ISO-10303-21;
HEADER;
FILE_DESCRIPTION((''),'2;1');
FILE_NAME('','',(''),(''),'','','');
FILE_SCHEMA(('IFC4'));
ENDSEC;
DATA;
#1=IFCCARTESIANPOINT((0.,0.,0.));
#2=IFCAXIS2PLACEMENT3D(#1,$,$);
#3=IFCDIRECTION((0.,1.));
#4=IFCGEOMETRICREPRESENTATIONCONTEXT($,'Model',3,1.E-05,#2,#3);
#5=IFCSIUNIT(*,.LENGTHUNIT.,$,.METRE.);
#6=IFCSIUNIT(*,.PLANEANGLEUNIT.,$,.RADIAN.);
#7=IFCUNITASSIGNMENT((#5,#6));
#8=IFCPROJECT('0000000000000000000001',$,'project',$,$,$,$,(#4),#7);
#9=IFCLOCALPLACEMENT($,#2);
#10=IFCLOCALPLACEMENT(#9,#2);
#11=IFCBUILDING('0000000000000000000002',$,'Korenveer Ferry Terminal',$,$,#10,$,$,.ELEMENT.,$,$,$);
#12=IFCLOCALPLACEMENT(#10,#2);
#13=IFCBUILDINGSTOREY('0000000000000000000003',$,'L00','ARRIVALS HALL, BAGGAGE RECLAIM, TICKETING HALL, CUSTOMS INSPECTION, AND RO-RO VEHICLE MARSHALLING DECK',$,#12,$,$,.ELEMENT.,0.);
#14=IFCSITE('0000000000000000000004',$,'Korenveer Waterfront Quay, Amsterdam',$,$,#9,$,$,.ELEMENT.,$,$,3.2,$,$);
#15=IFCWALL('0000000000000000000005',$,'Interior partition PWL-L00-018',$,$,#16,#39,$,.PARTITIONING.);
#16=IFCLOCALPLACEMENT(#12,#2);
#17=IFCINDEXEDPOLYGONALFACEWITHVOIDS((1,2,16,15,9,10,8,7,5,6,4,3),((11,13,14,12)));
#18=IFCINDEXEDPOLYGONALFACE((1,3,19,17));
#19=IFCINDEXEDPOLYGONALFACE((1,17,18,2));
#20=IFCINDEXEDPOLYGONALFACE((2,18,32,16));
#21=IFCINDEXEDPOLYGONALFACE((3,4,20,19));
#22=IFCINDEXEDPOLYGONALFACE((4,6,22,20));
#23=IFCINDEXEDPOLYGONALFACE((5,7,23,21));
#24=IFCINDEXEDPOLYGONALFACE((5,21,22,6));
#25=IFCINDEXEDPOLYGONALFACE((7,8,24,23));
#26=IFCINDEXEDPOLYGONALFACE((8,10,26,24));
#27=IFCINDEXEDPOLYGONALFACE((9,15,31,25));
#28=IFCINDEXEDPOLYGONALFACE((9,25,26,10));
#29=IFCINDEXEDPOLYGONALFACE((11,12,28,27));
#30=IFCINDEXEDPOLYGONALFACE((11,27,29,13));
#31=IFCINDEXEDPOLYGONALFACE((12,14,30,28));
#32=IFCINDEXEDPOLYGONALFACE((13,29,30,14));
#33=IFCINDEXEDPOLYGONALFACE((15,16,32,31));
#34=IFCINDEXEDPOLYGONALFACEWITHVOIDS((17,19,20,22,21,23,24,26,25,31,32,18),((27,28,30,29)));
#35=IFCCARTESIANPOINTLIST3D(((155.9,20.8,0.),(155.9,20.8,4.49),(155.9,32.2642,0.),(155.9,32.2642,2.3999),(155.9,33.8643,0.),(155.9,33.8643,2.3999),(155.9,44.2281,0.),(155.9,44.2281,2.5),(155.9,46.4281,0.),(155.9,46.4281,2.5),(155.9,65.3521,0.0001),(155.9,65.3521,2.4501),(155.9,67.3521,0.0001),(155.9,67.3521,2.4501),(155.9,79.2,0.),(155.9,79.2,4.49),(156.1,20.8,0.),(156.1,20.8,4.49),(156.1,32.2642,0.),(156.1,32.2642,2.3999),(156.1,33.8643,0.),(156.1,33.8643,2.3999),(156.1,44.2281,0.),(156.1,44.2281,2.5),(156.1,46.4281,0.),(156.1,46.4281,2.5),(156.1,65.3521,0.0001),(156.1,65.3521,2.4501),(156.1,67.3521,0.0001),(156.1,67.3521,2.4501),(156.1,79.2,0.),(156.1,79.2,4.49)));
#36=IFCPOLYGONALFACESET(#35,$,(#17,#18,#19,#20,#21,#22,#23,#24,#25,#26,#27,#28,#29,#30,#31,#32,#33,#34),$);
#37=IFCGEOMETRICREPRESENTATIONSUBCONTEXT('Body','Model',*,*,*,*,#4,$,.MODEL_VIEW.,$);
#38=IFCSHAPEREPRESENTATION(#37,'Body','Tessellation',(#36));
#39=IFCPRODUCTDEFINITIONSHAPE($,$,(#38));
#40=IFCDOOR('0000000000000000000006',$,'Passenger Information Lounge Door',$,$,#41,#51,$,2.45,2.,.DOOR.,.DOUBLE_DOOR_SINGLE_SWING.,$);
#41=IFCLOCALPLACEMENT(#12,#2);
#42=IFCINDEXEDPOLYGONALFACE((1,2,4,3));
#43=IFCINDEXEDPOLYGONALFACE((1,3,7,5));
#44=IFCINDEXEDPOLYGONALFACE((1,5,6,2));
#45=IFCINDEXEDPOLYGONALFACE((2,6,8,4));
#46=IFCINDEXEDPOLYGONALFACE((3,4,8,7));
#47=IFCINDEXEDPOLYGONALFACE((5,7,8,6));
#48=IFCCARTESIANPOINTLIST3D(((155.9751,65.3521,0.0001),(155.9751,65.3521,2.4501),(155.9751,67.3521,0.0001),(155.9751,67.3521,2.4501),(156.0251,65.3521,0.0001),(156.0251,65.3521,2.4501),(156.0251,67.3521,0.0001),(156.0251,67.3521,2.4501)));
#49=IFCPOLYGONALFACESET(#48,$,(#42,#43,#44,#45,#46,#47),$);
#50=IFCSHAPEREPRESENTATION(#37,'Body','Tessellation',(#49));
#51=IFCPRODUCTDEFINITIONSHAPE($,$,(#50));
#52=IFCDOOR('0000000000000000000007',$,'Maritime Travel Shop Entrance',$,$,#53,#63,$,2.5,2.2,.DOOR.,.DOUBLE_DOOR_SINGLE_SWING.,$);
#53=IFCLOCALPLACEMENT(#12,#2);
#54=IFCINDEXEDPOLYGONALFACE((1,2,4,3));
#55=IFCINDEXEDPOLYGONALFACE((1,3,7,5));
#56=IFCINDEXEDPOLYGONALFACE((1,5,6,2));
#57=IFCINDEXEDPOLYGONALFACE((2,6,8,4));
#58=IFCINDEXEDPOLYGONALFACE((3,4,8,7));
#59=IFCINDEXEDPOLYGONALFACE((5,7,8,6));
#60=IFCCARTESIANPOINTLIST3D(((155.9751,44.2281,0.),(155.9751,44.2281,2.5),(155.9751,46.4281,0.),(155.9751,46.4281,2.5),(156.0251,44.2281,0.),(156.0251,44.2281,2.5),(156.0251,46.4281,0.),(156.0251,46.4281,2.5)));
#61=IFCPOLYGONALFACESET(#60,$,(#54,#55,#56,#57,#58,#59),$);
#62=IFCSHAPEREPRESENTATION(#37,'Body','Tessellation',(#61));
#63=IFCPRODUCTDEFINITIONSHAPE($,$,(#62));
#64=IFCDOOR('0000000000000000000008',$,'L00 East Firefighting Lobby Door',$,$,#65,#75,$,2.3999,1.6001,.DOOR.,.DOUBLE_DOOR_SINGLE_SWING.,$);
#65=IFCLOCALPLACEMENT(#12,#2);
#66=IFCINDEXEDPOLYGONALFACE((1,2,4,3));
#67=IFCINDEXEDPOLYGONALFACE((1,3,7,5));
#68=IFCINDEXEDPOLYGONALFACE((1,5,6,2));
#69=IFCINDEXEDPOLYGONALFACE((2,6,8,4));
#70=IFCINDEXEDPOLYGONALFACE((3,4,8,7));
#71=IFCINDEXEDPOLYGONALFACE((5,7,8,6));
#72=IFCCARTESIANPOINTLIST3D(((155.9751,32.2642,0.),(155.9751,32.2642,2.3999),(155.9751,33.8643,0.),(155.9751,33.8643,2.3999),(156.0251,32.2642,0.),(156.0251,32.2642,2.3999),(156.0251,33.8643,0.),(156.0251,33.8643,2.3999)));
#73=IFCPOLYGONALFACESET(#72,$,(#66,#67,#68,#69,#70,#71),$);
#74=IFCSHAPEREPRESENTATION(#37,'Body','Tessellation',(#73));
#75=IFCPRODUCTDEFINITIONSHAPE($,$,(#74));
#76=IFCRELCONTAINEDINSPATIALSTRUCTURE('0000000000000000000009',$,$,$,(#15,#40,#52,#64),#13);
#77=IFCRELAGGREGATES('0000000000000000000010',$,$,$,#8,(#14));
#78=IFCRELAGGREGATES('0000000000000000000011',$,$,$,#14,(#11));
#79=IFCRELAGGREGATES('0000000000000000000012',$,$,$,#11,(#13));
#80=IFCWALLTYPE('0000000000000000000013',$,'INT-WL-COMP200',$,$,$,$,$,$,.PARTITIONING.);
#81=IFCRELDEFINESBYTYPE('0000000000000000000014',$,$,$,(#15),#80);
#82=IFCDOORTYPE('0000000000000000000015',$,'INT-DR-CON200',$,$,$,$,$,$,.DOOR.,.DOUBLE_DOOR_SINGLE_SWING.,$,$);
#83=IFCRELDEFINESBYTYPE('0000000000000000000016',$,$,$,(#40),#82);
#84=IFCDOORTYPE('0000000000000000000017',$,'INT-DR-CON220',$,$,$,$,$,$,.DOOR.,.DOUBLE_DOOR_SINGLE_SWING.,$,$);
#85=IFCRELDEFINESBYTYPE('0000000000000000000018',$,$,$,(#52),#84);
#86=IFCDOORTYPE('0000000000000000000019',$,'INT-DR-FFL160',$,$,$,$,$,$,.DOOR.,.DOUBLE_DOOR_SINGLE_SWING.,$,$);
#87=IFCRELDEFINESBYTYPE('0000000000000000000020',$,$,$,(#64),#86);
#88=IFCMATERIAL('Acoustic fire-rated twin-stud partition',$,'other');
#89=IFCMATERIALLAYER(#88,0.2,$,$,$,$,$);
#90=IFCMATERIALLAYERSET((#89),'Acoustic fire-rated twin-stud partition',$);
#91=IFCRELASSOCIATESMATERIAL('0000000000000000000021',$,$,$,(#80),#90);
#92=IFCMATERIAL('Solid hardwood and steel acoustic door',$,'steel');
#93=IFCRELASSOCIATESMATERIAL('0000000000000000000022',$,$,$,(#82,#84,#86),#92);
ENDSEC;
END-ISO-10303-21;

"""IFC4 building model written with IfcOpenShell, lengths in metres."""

from ifc_helpers import new_model, si_unit, direction, frame, frame_2d, origin, place, context, subcontext, project, spatial, rectangle, extrude, material, layer, layer_set, type_object, element, fill, save


model = new_model("IFC4")

# Units and contexts
model_context = context("Model", 3, precision=1e-05, world=origin(), true_north=direction((0.0, 1.0)))
body_context = subcontext(model_context, "Body", "Model", "MODEL_VIEW")
ifc_project = project(units=[si_unit("LENGTHUNIT", "METRE"), si_unit("PLANEANGLEUNIT", "RADIAN")], contexts=[model_context])

# Site, building, storey
site_placement = place(None, origin())
site = spatial("IfcSite", under=ifc_project, at=site_placement, Name="Korenveer Waterfront Quay, Amsterdam", CompositionType="ELEMENT", RefElevation=3.2)
building_placement = place(site_placement, origin())
building = spatial("IfcBuilding", under=site, at=building_placement, Name="Korenveer Ferry Terminal", CompositionType="ELEMENT")
storey_placement = place(building_placement, origin())
storey = spatial("IfcBuildingStorey", under=building, at=storey_placement, Name="L00", Description="ARRIVALS HALL, BAGGAGE RECLAIM, TICKETING HALL, CUSTOMS INSPECTION, AND RO-RO VEHICLE MARSHALLING DECK", CompositionType="ELEMENT", Elevation=0.0)

# Wall, openings, doors
ifc_material_1 = material(Name="Acoustic fire-rated twin-stud partition", Category="other")
ifc_layer = layer(ifc_material_1, 0.2)
ifc_layer_set = layer_set([ifc_layer], Name="Acoustic fire-rated twin-stud partition")
wall_type = type_object("IfcWallType", Name="INT-WL-COMP200", PredefinedType="PARTITIONING", material=ifc_layer_set)
wall_placement = place(storey_placement, frame((156.0, 20.8, 0.0), z_axis=(0.0, 0.0, 1.0), x_axis=(0.0, 1.0, 0.0)))
wall = element("IfcWall", 1, at=wall_placement, inside=storey, type_object=wall_type, Name="Interior partition PWL-L00-018", PredefinedType="PARTITIONING", context=body_context, shape_type="SweptSolid", body=[
    extrude(rectangle(XDim=58.3999, YDim=0.2, at=frame_2d((29.2, 0.0))), origin(), (0.0, 0.0, 1.0), 4.49),
])
opening_1_placement = place(wall_placement, frame((11.4641, 0.0, 0.0)))
opening_1 = element("IfcOpeningElement", 2, at=opening_1_placement, cuts=wall, PredefinedType="OPENING", context=body_context, shape_type="SweptSolid", body=[
    extrude(rectangle(XDim=1.6001, YDim=2.3999, at=frame_2d((0.8, 1.2))), frame((0.0, 0.1099, 0.0), z_axis=(0.0, -1.0, 0.0), x_axis=(1.0, 0.0, 0.0)), (0.0, 0.0, 1.0), 0.22),
])
opening_2_placement = place(wall_placement, frame((23.428, 0.0, 0.0)))
opening_2 = element("IfcOpeningElement", 3, at=opening_2_placement, cuts=wall, PredefinedType="OPENING", context=body_context, shape_type="SweptSolid", body=[
    extrude(rectangle(XDim=2.2, YDim=2.5, at=frame_2d((1.1001, 1.25))), frame((0.0, 0.1099, 0.0), z_axis=(0.0, -1.0, 0.0), x_axis=(1.0, 0.0, 0.0)), (0.0, 0.0, 1.0), 0.22),
])
opening_3_placement = place(wall_placement, frame((44.552, 0.0, 0.0)))
opening_3 = element("IfcOpeningElement", 4, at=opening_3_placement, cuts=wall, PredefinedType="OPENING", context=body_context, shape_type="SweptSolid", body=[
    extrude(rectangle(XDim=2.0, YDim=2.45, at=frame_2d((1.0, 1.2251))), frame((0.0, 0.1099, 0.0), z_axis=(0.0, -1.0, 0.0), x_axis=(1.0, 0.0, 0.0)), (0.0, 0.0, 1.0), 0.22),
])
ifc_material_2 = material(Name="Solid hardwood and steel acoustic door", Category="steel")
door_type_1 = type_object("IfcDoorType", Name="INT-DR-CON200", OperationType="DOUBLE_DOOR_SINGLE_SWING", PredefinedType="DOOR", material=ifc_material_2)
door_1_placement = place(opening_3_placement, origin())
door_1 = element("IfcDoor", 5, at=door_1_placement, inside=storey, type_object=door_type_1, Name="Passenger Information Lounge Door", OperationType="DOUBLE_DOOR_SINGLE_SWING", OverallHeight=2.45, OverallWidth=2.0, PredefinedType="DOOR", context=body_context, shape_type="SweptSolid", body=[
    extrude(rectangle(XDim=2.0, YDim=2.45, at=frame_2d((1.0, 1.2251))), frame((0.0, 0.0249, 0.0), z_axis=(0.0, -1.0, 0.0), x_axis=(1.0, 0.0, 0.0)), (0.0, 0.0, 1.0), 0.05),
])
fill(opening_3, door_1)
door_type_2 = type_object("IfcDoorType", Name="INT-DR-CON220", OperationType="DOUBLE_DOOR_SINGLE_SWING", PredefinedType="DOOR", material=ifc_material_2)
door_2_placement = place(opening_2_placement, origin())
door_2 = element("IfcDoor", 6, at=door_2_placement, inside=storey, type_object=door_type_2, Name="Maritime Travel Shop Entrance", OperationType="DOUBLE_DOOR_SINGLE_SWING", OverallHeight=2.5, OverallWidth=2.2, PredefinedType="DOOR", context=body_context, shape_type="SweptSolid", body=[
    extrude(rectangle(XDim=2.2, YDim=2.5, at=frame_2d((1.1001, 1.25))), frame((0.0, 0.0249, 0.0), z_axis=(0.0, -1.0, 0.0), x_axis=(1.0, 0.0, 0.0)), (0.0, 0.0, 1.0), 0.05),
])
fill(opening_2, door_2)
door_type_3 = type_object("IfcDoorType", Name="INT-DR-FFL160", OperationType="DOUBLE_DOOR_SINGLE_SWING", PredefinedType="DOOR", material=ifc_material_2)
door_3_placement = place(opening_1_placement, origin())
door_3 = element("IfcDoor", 7, at=door_3_placement, inside=storey, type_object=door_type_3, Name="L00 East Firefighting Lobby Door", OperationType="DOUBLE_DOOR_SINGLE_SWING", OverallHeight=2.3999, OverallWidth=1.6001, PredefinedType="DOOR", context=body_context, shape_type="SweptSolid", body=[
    extrude(rectangle(XDim=1.6001, YDim=2.3999, at=frame_2d((0.8, 1.2))), frame((0.0, 0.0249, 0.0), z_axis=(0.0, -1.0, 0.0), x_axis=(1.0, 0.0, 0.0)), (0.0, 0.0, 1.0), 0.05),
])
fill(opening_1, door_3)

save(model, "model.ifc")
